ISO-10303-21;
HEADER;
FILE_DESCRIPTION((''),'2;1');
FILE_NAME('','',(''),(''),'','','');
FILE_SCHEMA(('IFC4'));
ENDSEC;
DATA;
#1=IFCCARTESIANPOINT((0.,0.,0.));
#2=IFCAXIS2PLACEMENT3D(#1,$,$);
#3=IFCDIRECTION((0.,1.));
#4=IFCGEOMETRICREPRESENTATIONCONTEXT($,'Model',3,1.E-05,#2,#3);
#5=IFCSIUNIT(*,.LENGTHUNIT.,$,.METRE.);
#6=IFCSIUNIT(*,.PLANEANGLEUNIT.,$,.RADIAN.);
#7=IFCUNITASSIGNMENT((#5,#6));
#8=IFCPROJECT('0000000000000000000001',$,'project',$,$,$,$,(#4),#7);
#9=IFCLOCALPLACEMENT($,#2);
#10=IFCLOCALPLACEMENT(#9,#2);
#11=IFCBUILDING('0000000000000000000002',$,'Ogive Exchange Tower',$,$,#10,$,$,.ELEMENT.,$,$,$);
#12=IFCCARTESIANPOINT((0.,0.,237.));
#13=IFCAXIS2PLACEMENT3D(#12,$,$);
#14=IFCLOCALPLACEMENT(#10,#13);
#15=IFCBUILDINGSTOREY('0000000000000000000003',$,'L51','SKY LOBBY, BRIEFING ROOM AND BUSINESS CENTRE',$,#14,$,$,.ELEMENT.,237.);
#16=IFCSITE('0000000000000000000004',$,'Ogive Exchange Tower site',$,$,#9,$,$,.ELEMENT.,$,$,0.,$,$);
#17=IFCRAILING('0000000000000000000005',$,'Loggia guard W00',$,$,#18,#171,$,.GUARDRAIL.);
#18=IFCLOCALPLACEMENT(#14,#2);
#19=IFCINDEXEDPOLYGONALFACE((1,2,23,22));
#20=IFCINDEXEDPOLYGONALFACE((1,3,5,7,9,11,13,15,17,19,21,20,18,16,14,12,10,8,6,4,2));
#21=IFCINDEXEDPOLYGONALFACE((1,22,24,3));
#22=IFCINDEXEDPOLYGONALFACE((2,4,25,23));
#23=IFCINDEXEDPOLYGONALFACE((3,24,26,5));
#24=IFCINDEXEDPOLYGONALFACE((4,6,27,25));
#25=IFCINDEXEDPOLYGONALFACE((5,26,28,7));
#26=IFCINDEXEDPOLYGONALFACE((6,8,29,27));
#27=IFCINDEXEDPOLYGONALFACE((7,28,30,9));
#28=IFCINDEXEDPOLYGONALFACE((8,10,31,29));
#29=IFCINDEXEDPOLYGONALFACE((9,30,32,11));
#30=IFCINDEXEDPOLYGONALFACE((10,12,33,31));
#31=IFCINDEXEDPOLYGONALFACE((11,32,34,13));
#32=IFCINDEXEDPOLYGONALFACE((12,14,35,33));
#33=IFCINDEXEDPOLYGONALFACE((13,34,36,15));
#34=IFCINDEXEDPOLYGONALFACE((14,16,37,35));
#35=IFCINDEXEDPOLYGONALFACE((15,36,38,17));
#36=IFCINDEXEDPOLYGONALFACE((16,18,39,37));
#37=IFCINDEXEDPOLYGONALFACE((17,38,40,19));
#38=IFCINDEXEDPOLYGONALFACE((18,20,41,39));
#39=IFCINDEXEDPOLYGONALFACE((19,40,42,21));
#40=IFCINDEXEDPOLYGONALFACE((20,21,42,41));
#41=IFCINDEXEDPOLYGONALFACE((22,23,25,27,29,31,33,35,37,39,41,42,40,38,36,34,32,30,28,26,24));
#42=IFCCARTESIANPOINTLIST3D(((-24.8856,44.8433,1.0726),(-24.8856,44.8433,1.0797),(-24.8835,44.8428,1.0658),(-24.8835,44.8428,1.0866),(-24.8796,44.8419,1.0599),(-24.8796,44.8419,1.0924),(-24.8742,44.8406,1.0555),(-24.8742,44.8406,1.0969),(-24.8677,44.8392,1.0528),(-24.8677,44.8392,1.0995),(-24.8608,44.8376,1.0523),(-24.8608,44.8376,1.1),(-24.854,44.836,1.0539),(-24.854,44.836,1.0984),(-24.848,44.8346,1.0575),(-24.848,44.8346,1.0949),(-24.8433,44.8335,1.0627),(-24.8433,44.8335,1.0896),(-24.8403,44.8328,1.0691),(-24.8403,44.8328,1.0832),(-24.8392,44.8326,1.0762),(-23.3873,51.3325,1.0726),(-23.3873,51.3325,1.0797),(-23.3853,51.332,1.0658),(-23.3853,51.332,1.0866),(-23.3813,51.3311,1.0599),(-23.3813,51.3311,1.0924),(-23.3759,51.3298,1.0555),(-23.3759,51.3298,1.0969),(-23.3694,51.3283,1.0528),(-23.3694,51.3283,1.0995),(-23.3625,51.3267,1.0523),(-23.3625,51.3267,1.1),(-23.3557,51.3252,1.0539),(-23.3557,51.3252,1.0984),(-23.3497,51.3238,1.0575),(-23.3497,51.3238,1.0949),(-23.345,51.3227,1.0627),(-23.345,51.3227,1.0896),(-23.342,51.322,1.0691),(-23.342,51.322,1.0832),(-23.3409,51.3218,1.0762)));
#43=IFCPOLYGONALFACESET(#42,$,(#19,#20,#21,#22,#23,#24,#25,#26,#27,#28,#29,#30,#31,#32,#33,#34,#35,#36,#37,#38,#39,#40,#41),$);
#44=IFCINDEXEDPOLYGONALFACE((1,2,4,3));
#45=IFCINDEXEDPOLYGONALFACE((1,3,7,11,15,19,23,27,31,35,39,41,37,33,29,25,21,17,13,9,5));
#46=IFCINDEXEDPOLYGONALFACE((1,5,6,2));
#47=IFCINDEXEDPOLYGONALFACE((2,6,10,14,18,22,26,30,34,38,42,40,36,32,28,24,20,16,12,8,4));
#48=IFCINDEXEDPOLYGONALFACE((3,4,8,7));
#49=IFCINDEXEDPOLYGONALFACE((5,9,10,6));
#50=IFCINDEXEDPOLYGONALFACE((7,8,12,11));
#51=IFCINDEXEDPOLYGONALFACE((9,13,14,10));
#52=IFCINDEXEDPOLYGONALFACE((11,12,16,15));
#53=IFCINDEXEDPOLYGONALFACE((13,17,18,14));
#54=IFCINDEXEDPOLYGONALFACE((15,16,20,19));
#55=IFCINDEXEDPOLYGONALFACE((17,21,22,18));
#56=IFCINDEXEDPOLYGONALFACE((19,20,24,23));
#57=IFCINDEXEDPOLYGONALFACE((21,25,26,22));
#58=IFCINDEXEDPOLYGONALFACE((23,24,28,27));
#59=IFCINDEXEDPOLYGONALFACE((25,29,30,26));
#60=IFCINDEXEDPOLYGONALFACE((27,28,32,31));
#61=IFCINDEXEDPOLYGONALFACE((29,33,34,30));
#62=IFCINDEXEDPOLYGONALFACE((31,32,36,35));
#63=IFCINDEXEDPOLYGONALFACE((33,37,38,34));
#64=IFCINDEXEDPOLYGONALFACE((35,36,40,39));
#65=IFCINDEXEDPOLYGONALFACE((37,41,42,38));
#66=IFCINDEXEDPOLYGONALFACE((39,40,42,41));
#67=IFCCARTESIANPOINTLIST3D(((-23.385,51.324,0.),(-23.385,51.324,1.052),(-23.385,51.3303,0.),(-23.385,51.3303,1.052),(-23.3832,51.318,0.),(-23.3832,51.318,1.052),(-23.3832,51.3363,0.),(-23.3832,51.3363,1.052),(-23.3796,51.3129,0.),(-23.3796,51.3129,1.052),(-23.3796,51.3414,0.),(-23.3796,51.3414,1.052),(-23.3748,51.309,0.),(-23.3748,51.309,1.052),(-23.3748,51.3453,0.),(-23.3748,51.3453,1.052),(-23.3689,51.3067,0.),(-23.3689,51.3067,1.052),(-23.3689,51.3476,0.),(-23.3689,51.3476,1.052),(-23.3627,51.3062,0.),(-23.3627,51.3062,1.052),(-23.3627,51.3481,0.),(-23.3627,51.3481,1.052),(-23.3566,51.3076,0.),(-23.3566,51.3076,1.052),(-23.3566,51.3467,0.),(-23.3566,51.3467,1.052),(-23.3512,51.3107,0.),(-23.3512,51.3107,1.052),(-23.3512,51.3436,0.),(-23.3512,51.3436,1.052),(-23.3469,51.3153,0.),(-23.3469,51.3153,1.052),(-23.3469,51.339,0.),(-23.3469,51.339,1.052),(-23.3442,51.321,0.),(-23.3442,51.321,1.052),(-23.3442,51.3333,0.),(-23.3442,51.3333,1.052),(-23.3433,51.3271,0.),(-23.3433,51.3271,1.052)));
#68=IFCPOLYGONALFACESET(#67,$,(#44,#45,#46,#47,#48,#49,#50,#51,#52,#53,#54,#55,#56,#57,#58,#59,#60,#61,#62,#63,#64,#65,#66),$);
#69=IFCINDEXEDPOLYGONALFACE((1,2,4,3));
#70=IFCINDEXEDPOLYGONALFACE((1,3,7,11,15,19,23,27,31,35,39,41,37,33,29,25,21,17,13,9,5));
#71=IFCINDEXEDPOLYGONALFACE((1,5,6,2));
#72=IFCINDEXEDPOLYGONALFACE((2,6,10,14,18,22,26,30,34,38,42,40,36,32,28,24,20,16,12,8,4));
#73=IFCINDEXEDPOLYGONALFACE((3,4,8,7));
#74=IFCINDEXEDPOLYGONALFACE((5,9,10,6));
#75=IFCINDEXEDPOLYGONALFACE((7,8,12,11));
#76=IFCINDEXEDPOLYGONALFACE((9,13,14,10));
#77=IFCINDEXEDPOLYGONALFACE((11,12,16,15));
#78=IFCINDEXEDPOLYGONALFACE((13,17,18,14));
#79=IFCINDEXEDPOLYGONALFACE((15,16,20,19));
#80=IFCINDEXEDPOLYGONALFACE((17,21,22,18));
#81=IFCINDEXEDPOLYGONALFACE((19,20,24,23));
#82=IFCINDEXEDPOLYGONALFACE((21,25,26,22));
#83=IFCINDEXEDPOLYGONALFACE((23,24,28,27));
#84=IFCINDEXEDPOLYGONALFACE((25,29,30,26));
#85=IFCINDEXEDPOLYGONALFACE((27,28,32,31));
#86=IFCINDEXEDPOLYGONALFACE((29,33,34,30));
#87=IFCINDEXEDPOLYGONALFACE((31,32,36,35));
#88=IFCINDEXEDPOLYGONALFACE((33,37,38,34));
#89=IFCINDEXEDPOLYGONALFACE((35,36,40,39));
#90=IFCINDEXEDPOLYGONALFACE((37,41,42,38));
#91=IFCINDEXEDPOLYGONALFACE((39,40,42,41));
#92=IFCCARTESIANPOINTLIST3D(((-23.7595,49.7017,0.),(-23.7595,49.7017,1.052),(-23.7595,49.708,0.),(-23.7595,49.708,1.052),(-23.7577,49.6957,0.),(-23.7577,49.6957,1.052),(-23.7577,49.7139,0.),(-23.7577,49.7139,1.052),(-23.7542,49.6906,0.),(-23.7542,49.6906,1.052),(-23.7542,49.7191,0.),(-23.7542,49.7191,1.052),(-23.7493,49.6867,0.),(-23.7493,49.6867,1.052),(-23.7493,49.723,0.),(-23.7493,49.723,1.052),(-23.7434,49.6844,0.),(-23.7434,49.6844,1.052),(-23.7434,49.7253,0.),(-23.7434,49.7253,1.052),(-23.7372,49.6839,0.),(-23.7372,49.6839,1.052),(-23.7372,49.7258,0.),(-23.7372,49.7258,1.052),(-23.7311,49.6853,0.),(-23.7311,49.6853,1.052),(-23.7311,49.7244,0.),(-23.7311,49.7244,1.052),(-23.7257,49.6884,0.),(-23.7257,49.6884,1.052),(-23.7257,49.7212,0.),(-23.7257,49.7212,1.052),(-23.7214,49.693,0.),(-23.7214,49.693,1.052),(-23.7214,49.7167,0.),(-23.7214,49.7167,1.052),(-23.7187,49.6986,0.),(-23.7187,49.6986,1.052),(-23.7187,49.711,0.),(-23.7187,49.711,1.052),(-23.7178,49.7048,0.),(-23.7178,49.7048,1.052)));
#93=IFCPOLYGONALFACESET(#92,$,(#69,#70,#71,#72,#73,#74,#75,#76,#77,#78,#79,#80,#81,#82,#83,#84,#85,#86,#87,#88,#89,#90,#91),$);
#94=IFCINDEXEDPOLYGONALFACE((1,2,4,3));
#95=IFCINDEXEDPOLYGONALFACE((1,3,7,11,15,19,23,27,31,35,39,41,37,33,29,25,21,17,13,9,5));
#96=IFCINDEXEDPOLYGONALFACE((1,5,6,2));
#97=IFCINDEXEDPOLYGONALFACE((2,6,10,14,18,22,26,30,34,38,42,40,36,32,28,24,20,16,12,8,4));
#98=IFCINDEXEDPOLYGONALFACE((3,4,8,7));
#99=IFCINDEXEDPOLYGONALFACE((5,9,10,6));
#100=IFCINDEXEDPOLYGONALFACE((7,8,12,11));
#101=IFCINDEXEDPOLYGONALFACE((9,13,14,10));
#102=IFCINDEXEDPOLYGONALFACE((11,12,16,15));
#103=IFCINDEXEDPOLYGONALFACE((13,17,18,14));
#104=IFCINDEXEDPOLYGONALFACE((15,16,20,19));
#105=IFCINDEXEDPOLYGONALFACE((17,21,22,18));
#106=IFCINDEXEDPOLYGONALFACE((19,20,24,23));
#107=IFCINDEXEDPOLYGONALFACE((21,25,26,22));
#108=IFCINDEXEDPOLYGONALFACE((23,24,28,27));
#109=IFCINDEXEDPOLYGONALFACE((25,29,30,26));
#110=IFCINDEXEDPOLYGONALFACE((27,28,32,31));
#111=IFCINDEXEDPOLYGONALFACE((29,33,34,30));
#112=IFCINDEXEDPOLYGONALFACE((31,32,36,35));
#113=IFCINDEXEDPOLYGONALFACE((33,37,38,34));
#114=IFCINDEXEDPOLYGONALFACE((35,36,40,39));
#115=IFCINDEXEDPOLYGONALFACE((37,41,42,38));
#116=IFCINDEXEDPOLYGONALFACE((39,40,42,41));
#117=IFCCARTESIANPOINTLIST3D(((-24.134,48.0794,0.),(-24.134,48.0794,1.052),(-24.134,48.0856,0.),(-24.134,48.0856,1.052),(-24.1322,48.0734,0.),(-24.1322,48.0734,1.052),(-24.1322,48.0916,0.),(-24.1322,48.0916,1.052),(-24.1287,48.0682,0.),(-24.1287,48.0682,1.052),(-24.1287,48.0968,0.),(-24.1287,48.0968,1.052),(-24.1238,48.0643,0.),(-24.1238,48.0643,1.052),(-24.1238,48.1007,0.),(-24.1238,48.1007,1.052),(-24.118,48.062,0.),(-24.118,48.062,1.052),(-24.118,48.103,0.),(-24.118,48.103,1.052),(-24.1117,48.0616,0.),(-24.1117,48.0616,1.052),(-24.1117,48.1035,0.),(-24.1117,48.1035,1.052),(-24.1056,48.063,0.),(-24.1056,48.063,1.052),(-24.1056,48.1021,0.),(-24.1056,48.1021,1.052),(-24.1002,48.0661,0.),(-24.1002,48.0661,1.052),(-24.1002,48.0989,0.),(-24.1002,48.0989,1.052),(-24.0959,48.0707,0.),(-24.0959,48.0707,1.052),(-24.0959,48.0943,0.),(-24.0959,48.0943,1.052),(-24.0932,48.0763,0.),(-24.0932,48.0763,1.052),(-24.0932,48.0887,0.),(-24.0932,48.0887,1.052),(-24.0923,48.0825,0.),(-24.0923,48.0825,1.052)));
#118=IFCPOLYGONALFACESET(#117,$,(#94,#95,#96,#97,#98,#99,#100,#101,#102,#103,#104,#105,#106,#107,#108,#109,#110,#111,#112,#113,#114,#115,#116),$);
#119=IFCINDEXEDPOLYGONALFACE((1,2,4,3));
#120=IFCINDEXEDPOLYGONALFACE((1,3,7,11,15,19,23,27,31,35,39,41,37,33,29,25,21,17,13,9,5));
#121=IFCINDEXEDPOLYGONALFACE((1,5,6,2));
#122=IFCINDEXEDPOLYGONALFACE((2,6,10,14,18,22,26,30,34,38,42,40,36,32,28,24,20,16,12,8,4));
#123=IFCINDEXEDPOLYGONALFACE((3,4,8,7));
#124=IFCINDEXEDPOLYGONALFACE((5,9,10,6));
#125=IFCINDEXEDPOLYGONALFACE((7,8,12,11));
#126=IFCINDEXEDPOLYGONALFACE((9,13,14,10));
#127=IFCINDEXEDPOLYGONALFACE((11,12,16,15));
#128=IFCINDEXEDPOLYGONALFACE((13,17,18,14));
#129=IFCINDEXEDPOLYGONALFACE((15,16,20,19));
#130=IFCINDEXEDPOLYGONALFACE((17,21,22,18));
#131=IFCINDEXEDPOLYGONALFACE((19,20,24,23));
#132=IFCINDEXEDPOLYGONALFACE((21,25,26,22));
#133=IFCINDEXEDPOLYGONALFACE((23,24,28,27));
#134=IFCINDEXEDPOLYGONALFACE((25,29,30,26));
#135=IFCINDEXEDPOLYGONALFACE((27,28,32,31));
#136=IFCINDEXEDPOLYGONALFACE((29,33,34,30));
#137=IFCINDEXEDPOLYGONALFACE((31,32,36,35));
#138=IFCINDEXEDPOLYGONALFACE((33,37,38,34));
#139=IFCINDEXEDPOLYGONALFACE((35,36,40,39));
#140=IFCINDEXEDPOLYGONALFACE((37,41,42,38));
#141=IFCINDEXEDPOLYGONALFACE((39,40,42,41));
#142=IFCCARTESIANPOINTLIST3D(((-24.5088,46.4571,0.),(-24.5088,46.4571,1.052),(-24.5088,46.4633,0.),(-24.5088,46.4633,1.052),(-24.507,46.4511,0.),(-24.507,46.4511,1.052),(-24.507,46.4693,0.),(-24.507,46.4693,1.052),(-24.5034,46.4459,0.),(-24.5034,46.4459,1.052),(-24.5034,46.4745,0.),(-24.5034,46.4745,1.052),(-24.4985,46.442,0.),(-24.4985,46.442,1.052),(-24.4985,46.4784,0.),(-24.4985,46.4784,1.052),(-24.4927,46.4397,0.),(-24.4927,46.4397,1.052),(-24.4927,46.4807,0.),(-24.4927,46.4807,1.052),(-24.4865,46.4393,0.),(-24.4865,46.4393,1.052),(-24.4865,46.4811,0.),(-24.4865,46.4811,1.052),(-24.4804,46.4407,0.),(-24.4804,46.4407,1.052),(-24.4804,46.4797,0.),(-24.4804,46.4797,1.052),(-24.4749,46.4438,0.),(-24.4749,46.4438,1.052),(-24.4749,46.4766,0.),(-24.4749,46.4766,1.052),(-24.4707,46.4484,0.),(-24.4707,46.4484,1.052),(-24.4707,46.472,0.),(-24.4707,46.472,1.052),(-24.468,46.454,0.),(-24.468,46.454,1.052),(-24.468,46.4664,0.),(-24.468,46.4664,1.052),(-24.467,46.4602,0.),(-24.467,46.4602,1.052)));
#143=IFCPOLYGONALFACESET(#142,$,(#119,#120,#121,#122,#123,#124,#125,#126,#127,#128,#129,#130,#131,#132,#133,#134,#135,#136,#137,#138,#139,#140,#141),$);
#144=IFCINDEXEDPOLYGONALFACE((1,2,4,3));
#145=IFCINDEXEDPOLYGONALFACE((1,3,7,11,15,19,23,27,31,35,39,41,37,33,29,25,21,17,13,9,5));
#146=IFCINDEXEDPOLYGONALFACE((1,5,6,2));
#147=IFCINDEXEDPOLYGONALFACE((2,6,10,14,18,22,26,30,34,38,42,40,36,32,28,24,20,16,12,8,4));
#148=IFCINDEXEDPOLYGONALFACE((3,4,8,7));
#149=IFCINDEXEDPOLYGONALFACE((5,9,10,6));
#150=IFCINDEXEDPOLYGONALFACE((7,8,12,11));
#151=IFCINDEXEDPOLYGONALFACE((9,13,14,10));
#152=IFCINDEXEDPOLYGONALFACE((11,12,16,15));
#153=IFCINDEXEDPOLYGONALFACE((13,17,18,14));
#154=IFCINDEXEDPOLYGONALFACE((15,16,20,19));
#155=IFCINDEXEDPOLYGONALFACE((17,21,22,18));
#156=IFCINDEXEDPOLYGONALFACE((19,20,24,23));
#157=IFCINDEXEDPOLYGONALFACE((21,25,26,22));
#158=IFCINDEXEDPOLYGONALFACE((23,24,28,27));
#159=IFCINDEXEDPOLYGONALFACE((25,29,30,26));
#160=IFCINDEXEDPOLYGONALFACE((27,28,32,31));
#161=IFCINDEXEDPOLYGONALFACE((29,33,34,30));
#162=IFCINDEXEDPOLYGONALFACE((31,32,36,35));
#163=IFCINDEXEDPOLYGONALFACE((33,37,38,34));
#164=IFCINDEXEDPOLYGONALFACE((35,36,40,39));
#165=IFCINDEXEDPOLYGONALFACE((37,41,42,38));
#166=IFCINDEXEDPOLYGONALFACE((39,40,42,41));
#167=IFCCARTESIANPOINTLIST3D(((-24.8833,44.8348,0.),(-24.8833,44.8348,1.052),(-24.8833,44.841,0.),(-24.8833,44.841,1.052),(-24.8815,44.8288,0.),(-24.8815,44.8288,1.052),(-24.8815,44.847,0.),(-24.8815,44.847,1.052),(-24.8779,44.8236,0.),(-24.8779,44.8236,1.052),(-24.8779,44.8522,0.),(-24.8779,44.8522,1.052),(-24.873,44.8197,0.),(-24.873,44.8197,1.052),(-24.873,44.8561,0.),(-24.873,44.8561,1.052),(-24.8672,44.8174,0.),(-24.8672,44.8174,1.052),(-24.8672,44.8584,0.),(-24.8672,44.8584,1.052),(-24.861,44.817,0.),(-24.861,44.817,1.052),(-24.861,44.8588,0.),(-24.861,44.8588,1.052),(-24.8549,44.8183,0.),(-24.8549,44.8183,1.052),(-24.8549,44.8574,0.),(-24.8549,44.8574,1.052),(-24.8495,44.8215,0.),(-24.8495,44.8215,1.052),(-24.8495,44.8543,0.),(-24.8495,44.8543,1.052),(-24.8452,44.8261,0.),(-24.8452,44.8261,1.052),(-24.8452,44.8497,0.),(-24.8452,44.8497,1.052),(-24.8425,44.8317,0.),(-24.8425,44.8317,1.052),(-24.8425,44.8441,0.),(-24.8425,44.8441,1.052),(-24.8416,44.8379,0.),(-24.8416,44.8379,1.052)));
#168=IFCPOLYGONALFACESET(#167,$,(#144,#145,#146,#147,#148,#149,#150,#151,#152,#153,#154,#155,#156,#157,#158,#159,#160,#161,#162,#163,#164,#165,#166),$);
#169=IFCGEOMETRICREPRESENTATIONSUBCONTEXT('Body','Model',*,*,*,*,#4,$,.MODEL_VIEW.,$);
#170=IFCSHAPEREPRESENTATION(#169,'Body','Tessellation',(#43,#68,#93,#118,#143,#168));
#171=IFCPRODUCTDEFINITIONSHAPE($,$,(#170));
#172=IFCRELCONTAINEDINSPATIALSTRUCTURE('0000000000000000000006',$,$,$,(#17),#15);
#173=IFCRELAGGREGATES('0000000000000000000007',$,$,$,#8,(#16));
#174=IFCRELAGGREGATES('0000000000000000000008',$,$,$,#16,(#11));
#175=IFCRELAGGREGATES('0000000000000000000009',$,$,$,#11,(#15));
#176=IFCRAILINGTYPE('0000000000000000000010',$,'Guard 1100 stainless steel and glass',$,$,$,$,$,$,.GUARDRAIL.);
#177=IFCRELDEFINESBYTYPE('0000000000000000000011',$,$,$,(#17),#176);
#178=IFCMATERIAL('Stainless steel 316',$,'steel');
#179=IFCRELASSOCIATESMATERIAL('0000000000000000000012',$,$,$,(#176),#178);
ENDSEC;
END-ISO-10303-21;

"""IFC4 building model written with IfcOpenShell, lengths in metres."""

from ifc_helpers import new_model, si_unit, direction, frame, origin, origin_2d, place, context, subcontext, project, spatial, circle, extrude, material, type_object, element, save


model = new_model("IFC4")

# Units and contexts
model_context = context("Model", 3, precision=1e-05, world=origin(), true_north=direction((0.0, 1.0)))
body_context = subcontext(model_context, "Body", "Model", "MODEL_VIEW")
ifc_project = project(units=[si_unit("LENGTHUNIT", "METRE"), si_unit("PLANEANGLEUNIT", "RADIAN")], contexts=[model_context])

# Site, building, storey
site_placement = place(None, origin())
site = spatial("IfcSite", under=ifc_project, at=site_placement, Name="Ogive Exchange Tower site", CompositionType="ELEMENT", RefElevation=0.0)
building_placement = place(site_placement, origin())
building = spatial("IfcBuilding", under=site, at=building_placement, Name="Ogive Exchange Tower", CompositionType="ELEMENT")
storey_placement = place(building_placement, frame((0.0, 0.0, 237.0)))
storey = spatial("IfcBuildingStorey", under=building, at=storey_placement, Name="L51", Description="SKY LOBBY, BRIEFING ROOM AND BUSINESS CENTRE", CompositionType="ELEMENT", Elevation=237.0)

# Railing
ifc_material_1 = material(Name="Stainless steel 316", Category="steel")
railing_type = type_object("IfcRailingType", Name="Guard 1100 stainless steel and glass", PredefinedType="GUARDRAIL", material=ifc_material_1)
railing_placement = place(storey_placement, frame((-23.3643, 51.3271, 0.0)))
element("IfcRailing", 1, at=railing_placement, inside=storey, type_object=railing_type, Name="Loggia guard W00", PredefinedType="GUARDRAIL", context=body_context, shape_type="SweptSolid", body=[
    extrude(circle(Radius=0.0239, at=origin_2d()), frame((0.0, 0.0, 1.0762), z_axis=(-0.224969, -0.974366, 0.0), x_axis=(0.974366, -0.224969, 0.0)), (0.0, 0.0, 1.0), 6.6599),
    extrude(circle(Radius=0.021, at=origin_2d()), origin(), (0.0, 0.0, 1.0), 1.052),
    extrude(circle(Radius=0.021, at=origin_2d()), frame((-0.3745, -1.6223, 0.0)), (0.0, 0.0, 1.0), 1.052),
    extrude(circle(Radius=0.021, at=origin_2d()), frame((-0.749, -3.2446, 0.0)), (0.0, 0.0, 1.0), 1.052),
    extrude(circle(Radius=0.021, at=origin_2d()), frame((-1.1238, -4.8669, 0.0)), (0.0, 0.0, 1.0), 1.052),
    extrude(circle(Radius=0.021, at=origin_2d()), frame((-1.4983, -6.4893, 0.0)), (0.0, 0.0, 1.0), 1.052),
])

save(model, "model.ifc")
